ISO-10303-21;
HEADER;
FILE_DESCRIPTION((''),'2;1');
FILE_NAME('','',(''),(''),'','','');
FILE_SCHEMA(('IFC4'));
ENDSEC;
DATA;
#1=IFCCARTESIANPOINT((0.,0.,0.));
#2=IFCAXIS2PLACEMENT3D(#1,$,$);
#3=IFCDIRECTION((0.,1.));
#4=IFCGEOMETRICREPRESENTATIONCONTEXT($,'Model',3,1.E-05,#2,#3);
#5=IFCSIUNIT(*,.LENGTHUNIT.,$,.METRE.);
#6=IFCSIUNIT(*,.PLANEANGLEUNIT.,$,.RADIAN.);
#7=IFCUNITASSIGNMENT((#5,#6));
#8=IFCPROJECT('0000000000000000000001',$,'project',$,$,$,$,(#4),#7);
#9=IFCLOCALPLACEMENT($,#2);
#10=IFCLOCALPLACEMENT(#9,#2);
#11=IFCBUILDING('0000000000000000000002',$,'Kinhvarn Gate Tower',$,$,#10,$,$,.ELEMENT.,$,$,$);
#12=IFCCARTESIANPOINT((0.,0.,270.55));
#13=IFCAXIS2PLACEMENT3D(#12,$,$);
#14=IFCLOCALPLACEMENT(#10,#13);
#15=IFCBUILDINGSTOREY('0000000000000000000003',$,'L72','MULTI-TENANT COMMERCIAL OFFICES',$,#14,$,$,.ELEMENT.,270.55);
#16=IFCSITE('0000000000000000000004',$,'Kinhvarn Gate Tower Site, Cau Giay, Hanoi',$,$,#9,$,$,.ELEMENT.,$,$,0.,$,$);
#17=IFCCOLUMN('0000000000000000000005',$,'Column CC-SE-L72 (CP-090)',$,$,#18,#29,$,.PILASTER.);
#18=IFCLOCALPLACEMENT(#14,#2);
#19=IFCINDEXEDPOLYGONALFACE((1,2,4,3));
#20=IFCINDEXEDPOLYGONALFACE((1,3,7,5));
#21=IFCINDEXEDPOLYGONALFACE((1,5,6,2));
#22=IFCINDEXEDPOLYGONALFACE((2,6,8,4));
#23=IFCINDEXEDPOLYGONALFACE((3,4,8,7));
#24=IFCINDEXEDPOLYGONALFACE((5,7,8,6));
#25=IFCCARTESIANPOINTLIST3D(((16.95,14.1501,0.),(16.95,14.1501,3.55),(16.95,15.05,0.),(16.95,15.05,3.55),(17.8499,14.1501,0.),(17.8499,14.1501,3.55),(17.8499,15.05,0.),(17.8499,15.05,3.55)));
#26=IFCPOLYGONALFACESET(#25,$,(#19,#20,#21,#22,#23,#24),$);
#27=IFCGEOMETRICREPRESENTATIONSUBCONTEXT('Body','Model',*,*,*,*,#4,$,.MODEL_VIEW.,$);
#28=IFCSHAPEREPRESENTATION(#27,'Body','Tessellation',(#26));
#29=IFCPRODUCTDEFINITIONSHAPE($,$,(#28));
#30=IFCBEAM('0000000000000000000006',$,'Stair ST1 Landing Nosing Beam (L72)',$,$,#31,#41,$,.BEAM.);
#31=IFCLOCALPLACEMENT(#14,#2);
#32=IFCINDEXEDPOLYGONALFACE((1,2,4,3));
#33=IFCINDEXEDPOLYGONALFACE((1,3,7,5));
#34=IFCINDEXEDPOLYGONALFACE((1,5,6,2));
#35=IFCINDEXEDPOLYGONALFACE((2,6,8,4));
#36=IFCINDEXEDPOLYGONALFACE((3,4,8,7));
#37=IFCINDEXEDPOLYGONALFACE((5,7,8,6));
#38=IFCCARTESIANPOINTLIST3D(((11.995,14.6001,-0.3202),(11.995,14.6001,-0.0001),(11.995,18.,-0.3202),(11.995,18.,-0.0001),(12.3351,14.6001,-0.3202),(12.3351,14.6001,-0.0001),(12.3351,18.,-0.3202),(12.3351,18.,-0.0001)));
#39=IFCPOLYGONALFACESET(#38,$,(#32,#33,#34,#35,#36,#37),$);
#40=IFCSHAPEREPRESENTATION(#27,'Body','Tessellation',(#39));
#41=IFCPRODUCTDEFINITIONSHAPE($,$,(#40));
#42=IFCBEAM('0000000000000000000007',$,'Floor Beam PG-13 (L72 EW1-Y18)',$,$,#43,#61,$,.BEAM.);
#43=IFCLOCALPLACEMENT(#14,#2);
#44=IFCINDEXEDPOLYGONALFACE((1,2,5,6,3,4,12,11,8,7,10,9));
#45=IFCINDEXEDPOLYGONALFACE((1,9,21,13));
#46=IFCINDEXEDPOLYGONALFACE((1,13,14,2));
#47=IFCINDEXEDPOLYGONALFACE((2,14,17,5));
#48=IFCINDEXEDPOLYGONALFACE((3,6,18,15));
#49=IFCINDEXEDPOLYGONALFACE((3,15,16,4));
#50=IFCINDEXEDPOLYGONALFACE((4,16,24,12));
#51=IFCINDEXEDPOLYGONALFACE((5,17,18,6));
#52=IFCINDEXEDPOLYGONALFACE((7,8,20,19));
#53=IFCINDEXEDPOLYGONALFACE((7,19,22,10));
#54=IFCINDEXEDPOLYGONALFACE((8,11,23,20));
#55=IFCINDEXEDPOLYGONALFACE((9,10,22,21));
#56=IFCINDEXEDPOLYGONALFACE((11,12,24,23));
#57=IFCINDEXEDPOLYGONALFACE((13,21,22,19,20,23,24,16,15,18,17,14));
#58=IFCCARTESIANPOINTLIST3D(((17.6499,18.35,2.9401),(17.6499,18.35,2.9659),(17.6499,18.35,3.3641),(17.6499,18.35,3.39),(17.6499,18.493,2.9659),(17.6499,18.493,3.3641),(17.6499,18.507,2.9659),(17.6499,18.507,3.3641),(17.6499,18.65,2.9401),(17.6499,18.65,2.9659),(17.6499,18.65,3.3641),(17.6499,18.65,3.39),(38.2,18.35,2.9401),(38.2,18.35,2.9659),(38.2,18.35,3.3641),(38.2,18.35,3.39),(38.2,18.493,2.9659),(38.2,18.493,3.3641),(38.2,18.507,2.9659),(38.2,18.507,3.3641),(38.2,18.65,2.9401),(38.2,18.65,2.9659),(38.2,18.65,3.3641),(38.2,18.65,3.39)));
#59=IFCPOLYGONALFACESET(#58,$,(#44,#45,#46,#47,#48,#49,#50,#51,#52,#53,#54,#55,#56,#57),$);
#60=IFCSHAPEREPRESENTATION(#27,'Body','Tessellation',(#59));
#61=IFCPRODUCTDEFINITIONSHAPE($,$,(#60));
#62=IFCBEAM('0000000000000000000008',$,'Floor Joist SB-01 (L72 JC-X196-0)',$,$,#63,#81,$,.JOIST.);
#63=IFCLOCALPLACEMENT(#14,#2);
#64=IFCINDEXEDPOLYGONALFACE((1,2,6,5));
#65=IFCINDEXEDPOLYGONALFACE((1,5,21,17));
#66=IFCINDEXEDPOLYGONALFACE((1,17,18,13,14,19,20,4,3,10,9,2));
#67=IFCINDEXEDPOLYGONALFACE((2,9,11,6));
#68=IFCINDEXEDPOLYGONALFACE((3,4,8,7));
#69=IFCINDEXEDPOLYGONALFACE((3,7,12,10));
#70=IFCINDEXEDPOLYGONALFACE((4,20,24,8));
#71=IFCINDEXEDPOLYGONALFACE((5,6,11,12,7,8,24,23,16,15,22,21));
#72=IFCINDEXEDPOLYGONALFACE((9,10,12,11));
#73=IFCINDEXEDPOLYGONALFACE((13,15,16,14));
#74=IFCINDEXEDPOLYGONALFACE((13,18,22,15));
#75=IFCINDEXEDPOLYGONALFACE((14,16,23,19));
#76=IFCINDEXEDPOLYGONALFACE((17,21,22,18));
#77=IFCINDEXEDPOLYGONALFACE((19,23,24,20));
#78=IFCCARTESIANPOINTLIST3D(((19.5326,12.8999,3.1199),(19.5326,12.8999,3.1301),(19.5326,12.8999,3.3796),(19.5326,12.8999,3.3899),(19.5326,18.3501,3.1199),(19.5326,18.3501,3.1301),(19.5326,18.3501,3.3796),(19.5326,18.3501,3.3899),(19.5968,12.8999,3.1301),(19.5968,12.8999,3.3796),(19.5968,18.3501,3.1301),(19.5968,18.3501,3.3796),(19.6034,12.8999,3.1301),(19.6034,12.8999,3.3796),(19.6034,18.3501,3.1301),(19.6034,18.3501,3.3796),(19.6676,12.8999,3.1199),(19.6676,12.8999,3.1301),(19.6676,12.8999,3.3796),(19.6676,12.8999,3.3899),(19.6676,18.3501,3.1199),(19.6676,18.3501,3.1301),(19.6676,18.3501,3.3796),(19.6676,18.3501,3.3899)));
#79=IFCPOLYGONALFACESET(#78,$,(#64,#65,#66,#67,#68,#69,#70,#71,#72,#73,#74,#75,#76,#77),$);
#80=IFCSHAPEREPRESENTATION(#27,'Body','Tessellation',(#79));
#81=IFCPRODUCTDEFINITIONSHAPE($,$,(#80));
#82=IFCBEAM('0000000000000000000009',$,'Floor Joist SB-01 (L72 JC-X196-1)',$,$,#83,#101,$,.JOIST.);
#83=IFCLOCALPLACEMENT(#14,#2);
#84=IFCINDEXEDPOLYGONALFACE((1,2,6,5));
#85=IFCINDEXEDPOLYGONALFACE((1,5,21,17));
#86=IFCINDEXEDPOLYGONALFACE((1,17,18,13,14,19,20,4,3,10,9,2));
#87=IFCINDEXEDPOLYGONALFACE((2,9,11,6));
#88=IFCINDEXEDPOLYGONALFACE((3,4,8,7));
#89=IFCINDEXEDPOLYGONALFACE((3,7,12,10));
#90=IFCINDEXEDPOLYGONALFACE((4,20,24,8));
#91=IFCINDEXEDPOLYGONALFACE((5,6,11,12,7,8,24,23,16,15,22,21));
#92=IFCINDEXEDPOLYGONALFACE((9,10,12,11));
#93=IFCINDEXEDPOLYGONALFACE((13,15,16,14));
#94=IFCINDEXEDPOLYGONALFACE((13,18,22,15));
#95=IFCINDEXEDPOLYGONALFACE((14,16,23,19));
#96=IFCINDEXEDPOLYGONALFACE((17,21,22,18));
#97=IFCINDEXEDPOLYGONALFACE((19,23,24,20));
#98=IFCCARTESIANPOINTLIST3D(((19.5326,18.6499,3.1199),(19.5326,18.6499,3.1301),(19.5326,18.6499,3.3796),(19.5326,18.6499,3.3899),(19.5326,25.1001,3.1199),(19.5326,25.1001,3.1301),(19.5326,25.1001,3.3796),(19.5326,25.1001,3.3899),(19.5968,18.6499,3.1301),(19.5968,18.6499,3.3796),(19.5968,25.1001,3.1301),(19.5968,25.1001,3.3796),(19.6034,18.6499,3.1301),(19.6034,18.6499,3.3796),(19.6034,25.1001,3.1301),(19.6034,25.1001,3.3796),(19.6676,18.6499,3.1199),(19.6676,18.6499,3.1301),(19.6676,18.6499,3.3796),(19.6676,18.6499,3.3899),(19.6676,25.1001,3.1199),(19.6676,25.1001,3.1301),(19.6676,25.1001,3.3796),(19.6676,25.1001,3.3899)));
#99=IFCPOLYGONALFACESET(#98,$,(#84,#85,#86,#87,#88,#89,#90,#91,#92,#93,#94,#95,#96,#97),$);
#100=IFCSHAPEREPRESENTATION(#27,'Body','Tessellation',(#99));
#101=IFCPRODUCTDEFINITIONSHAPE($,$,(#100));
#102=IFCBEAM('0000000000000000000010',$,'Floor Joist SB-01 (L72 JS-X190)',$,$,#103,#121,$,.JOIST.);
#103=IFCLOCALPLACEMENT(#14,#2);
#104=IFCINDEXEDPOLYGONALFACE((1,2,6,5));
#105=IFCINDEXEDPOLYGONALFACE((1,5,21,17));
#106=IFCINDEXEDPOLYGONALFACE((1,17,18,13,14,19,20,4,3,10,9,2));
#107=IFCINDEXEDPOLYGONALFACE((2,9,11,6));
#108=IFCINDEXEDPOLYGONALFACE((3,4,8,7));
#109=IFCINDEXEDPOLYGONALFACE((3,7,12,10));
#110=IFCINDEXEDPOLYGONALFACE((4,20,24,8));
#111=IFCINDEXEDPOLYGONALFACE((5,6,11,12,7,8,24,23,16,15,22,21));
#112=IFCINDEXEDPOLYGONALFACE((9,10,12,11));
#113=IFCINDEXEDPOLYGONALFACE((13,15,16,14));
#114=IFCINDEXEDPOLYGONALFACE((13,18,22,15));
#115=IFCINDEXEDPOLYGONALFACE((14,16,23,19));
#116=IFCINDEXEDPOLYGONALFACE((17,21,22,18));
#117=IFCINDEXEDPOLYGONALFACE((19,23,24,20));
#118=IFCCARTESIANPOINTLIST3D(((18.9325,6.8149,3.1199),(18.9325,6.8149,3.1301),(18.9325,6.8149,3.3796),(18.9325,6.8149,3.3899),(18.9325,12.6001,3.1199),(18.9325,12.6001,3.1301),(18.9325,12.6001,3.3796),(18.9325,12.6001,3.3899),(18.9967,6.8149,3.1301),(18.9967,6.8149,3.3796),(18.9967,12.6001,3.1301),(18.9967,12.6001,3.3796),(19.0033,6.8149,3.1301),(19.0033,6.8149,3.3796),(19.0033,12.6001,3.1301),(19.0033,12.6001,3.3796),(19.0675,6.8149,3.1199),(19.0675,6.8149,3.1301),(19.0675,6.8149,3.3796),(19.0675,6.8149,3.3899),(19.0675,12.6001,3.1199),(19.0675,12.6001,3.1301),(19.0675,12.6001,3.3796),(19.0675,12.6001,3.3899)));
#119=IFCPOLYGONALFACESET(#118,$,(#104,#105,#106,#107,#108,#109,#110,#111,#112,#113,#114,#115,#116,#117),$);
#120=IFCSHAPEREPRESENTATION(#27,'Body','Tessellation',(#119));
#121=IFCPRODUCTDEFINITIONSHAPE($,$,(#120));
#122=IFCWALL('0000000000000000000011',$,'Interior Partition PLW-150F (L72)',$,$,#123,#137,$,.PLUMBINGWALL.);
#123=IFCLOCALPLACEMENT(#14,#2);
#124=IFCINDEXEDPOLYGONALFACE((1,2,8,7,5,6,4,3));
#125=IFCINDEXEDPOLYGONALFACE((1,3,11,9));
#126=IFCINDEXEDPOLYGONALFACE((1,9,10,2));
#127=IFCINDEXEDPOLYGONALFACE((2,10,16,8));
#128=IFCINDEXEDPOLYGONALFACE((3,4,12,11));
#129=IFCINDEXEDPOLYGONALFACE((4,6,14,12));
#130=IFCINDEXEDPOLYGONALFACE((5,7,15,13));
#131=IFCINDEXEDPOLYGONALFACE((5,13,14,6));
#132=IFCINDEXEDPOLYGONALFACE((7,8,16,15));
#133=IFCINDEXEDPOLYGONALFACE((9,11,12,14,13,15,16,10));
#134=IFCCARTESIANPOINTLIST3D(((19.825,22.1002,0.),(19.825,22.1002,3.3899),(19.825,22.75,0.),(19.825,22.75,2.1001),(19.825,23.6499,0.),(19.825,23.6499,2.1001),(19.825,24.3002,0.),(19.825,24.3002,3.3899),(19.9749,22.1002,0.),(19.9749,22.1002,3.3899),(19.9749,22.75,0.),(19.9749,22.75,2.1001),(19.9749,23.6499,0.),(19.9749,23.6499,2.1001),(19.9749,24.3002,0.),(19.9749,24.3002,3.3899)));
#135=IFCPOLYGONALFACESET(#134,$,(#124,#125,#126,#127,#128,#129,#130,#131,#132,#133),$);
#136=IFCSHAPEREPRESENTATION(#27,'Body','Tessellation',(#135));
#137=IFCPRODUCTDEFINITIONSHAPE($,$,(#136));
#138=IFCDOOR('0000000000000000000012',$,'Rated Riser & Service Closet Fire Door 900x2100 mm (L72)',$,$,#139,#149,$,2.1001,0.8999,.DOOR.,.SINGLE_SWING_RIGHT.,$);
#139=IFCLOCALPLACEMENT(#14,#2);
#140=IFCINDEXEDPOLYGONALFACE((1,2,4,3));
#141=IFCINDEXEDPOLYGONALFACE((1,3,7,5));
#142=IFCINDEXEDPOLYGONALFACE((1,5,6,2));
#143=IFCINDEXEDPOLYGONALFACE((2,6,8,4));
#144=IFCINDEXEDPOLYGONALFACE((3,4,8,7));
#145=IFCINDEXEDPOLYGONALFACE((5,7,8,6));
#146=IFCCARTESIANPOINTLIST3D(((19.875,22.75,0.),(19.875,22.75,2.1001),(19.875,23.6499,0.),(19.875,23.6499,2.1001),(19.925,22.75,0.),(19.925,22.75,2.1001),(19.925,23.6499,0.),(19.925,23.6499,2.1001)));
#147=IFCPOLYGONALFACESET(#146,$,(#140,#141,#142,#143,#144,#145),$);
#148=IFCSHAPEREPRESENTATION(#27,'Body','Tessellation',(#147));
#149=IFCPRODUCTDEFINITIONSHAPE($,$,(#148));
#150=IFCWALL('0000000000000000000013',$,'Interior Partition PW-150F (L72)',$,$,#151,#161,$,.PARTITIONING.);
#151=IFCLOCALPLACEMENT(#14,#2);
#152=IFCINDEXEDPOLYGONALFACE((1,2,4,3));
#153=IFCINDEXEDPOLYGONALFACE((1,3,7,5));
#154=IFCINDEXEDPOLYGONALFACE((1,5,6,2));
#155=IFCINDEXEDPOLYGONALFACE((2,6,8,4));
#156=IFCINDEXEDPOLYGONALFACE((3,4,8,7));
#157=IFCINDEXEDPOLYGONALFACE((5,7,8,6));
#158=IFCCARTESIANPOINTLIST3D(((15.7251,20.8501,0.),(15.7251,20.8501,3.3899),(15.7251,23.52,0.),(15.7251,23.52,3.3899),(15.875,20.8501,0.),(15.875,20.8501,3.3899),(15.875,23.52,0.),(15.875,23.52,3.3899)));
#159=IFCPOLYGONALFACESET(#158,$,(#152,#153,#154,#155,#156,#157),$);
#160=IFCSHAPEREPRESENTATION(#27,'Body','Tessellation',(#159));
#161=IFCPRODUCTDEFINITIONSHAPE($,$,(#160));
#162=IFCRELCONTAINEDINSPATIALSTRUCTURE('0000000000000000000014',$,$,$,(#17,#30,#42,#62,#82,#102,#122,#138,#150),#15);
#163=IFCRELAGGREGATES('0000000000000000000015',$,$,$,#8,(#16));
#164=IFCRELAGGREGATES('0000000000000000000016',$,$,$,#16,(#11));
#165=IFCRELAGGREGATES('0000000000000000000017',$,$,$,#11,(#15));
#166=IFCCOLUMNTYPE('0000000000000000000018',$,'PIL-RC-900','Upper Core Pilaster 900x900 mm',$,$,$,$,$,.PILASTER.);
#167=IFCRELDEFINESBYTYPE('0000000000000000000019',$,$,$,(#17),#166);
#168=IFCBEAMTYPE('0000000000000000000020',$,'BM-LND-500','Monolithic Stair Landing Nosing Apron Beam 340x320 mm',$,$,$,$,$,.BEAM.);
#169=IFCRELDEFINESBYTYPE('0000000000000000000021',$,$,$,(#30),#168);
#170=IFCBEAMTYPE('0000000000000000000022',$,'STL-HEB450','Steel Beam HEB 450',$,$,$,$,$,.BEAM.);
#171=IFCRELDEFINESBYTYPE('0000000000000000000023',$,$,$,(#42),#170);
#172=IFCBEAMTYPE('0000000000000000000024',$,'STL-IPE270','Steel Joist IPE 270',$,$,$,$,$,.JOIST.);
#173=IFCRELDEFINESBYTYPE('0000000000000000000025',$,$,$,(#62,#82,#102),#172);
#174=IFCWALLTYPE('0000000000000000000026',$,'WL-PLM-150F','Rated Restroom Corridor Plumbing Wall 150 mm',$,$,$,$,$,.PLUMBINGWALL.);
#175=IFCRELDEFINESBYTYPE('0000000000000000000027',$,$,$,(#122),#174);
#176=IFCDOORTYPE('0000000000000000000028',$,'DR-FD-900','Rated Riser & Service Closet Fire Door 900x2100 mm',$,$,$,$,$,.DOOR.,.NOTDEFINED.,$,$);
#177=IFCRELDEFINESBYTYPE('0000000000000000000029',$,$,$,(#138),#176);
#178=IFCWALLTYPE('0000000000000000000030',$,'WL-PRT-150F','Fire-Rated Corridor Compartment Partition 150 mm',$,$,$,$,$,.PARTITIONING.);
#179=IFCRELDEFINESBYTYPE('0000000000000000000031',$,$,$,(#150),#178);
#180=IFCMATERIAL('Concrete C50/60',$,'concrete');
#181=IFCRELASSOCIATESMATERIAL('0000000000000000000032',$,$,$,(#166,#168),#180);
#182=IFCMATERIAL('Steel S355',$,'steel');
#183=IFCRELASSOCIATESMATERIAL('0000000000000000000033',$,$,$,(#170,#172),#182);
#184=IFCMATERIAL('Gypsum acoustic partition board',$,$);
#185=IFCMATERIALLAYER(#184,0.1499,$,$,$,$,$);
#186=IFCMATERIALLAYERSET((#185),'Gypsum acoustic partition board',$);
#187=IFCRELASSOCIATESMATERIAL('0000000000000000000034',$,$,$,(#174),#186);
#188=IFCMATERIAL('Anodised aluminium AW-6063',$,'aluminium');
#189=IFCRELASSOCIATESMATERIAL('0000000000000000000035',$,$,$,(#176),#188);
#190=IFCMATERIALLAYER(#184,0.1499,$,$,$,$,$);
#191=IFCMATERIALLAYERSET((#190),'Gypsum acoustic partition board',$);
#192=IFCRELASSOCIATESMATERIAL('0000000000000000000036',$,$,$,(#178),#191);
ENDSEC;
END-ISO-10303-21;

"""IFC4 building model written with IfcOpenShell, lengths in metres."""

from ifc_helpers import new_model, si_unit, direction, frame, frame_2d, origin, origin_2d, place, context, subcontext, project, spatial, rectangle, i_section, extrude, material, layer, layer_set, material_profile, profile_set, type_object, element, fill, save


model = new_model("IFC4")

# Units and contexts
model_context = context("Model", 3, precision=1e-05, world=origin(), true_north=direction((0.0, 1.0)))
body_context = subcontext(model_context, "Body", "Model", "MODEL_VIEW")
ifc_project = project(units=[si_unit("LENGTHUNIT", "METRE"), si_unit("PLANEANGLEUNIT", "RADIAN")], contexts=[model_context])

# Site, building, storey
site_placement = place(None, origin())
site = spatial("IfcSite", under=ifc_project, at=site_placement, Name="Kinhvarn Gate Tower Site, Cau Giay, Hanoi", CompositionType="ELEMENT", RefElevation=0.0)
building_placement = place(site_placement, origin())
building = spatial("IfcBuilding", under=site, at=building_placement, Name="Kinhvarn Gate Tower", CompositionType="ELEMENT")
storey_placement = place(building_placement, frame((0.0, 0.0, 270.55)))
storey = spatial("IfcBuildingStorey", under=building, at=storey_placement, Name="L72", Description="MULTI-TENANT COMMERCIAL OFFICES", CompositionType="ELEMENT", Elevation=270.55)

# Column
ifc_material_1 = material(Name="Concrete C50/60", Category="concrete")
ifc_material_profile_1 = material_profile(ifc_material_1, rectangle(XDim=0.8999, YDim=0.8999, at=origin_2d()), Name="RC 900x900")
ifc_profile_set_1 = profile_set([ifc_material_profile_1], Name="Concrete C50/60")
column_type = type_object("IfcColumnType", Name="PIL-RC-900", Description="Upper Core Pilaster 900x900 mm", PredefinedType="PILASTER", material=ifc_profile_set_1)
column_placement = place(storey_placement, frame((17.3999, 14.6001, 0.0), z_axis=(0.0, 0.0, 1.0), x_axis=(1.0, 0.0, 0.0)))
element("IfcColumn", 1, at=column_placement, inside=storey, type_object=column_type, Name="Column CC-SE-L72 (CP-090)", PredefinedType="PILASTER", context=body_context, shape_type="SweptSolid", body=[
    extrude(rectangle(XDim=0.8999, YDim=0.8999, at=origin_2d()), origin(), (0.0, 0.0, 1.0), 3.55),
])

# Beams
ifc_material_profile_2 = material_profile(ifc_material_1, rectangle(XDim=0.3401, YDim=0.3201, at=origin_2d()), Name="RC 340x320")
ifc_profile_set_2 = profile_set([ifc_material_profile_2], Name="Concrete C50/60")
beam_type_1 = type_object("IfcBeamType", Name="BM-LND-500", Description="Monolithic Stair Landing Nosing Apron Beam 340x320 mm", PredefinedType="BEAM", material=ifc_profile_set_2)
beam_1_placement = place(storey_placement, frame((12.165, 14.6001, -0.1602), z_axis=(0.0, 1.0, 0.0), x_axis=(-1.0, 0.0, 0.0)))
element("IfcBeam", 2, at=beam_1_placement, inside=storey, type_object=beam_type_1, Name="Stair ST1 Landing Nosing Beam (L72)", PredefinedType="BEAM", context=body_context, shape_type="SweptSolid", body=[
    extrude(rectangle(XDim=0.3401, YDim=0.3201, at=origin_2d()), origin(), (0.0, 0.0, 1.0), 3.3999),
])
ifc_material_2 = material(Name="Steel S355", Category="steel")
ifc_material_profile_3 = material_profile(ifc_material_2, i_section(OverallWidth=0.3, OverallDepth=0.45, WebThickness=0.0139, FlangeThickness=0.0259, at=origin_2d()), Name="HEB 450")
ifc_profile_set_3 = profile_set([ifc_material_profile_3], Name="Steel S355")
beam_type_2 = type_object("IfcBeamType", Name="STL-HEB450", Description="Steel Beam HEB 450", PredefinedType="BEAM", material=ifc_profile_set_3)
beam_2_placement = place(storey_placement, frame((17.6499, 18.5, 3.165), z_axis=(1.0, 0.0, 0.0), x_axis=(0.0, 1.0, 0.0)))
element("IfcBeam", 3, at=beam_2_placement, inside=storey, type_object=beam_type_2, Name="Floor Beam PG-13 (L72 EW1-Y18)", PredefinedType="BEAM", context=body_context, shape_type="SweptSolid", body=[
    extrude(i_section(OverallWidth=0.3, OverallDepth=0.45, WebThickness=0.0139, FlangeThickness=0.0259, at=origin_2d()), origin(), (0.0, 0.0, 1.0), 20.55),
])
ifc_material_profile_4 = material_profile(ifc_material_2, i_section(OverallWidth=0.135, OverallDepth=0.27, WebThickness=0.0066, FlangeThickness=0.0103, at=origin_2d()), Name="IPE 270")
ifc_profile_set_4 = profile_set([ifc_material_profile_4], Name="Steel S355")
beam_type_3 = type_object("IfcBeamType", Name="STL-IPE270", Description="Steel Joist IPE 270", PredefinedType="JOIST", material=ifc_profile_set_4)
beam_3_placement = place(storey_placement, frame((19.6001, 12.8999, 3.2549), z_axis=(0.0, 1.0, 0.0), x_axis=(-1.0, 0.0, 0.0)))
element("IfcBeam", 4, at=beam_3_placement, inside=storey, type_object=beam_type_3, Name="Floor Joist SB-01 (L72 JC-X196-0)", PredefinedType="JOIST", context=body_context, shape_type="SweptSolid", body=[
    extrude(i_section(OverallWidth=0.135, OverallDepth=0.27, WebThickness=0.0066, FlangeThickness=0.0103, at=origin_2d()), origin(), (0.0, 0.0, 1.0), 5.4502),
])
beam_4_placement = place(storey_placement, frame((19.6001, 18.6499, 3.2549), z_axis=(0.0, 1.0, 0.0), x_axis=(-1.0, 0.0, 0.0)))
element("IfcBeam", 5, at=beam_4_placement, inside=storey, type_object=beam_type_3, Name="Floor Joist SB-01 (L72 JC-X196-1)", PredefinedType="JOIST", context=body_context, shape_type="SweptSolid", body=[
    extrude(i_section(OverallWidth=0.135, OverallDepth=0.27, WebThickness=0.0066, FlangeThickness=0.0103, at=origin_2d()), origin(), (0.0, 0.0, 1.0), 6.4502),
])
beam_5_placement = place(storey_placement, frame((19.0, 6.8149, 3.2549), z_axis=(0.0, 1.0, 0.0), x_axis=(-1.0, 0.0, 0.0)))
element("IfcBeam", 6, at=beam_5_placement, inside=storey, type_object=beam_type_3, Name="Floor Joist SB-01 (L72 JS-X190)", PredefinedType="JOIST", context=body_context, shape_type="SweptSolid", body=[
    extrude(i_section(OverallWidth=0.135, OverallDepth=0.27, WebThickness=0.0066, FlangeThickness=0.0103, at=origin_2d()), origin(), (0.0, 0.0, 1.0), 5.7852),
])

# Wall, opening, door
ifc_material_3 = material(Name="Anodised aluminium AW-6063", Category="aluminium")
ifc_material_4 = material(Name="Gypsum acoustic partition board")
ifc_layer_1 = layer(ifc_material_4, 0.1499)
ifc_layer_set_1 = layer_set([ifc_layer_1], Name="Gypsum acoustic partition board")
wall_type_1 = type_object("IfcWallType", Name="WL-PLM-150F", Description="Rated Restroom Corridor Plumbing Wall 150 mm", PredefinedType="PLUMBINGWALL", material=ifc_layer_set_1)
wall_1_placement = place(storey_placement, frame((19.8999, 22.1001, 0.0), z_axis=(0.0, 0.0, 1.0), x_axis=(0.0, 1.0, 0.0)))
wall_1 = element("IfcWall", 7, at=wall_1_placement, inside=storey, type_object=wall_type_1, Name="Interior Partition PLW-150F (L72)", PredefinedType="PLUMBINGWALL", context=body_context, shape_type="SweptSolid", body=[
    extrude(rectangle(XDim=2.2, YDim=0.1499, at=frame_2d((1.1001, 0.0))), origin(), (0.0, 0.0, 1.0), 3.3899),
])
opening_1_placement = place(wall_1_placement, frame((0.6499, 0.0, 0.0)))
opening_1 = element("IfcOpeningElement", 8, at=opening_1_placement, cuts=wall_1, PredefinedType="OPENING", context=body_context, shape_type="SweptSolid", body=[
    extrude(rectangle(XDim=0.8999, YDim=2.1001, at=frame_2d((0.45, 1.05))), frame((0.0, 0.085, 0.0), z_axis=(0.0, -1.0, 0.0), x_axis=(1.0, 0.0, 0.0)), (0.0, 0.0, 1.0), 0.1699),
])
door_type_1 = type_object("IfcDoorType", Name="DR-FD-900", Description="Rated Riser & Service Closet Fire Door 900x2100 mm", OperationType="NOTDEFINED", PredefinedType="DOOR", material=ifc_material_3)
door_1_placement = place(opening_1_placement, origin())
door_1 = element("IfcDoor", 9, at=door_1_placement, inside=storey, type_object=door_type_1, Name="Rated Riser & Service Closet Fire Door 900x2100 mm (L72)", OperationType="SINGLE_SWING_RIGHT", OverallHeight=2.1001, OverallWidth=0.8999, PredefinedType="DOOR", context=body_context, shape_type="SweptSolid", body=[
    extrude(rectangle(XDim=0.8999, YDim=2.1001, at=frame_2d((0.45, 1.05))), frame((0.0, 0.0249, 0.0), z_axis=(0.0, -1.0, 0.0), x_axis=(1.0, 0.0, 0.0)), (0.0, 0.0, 1.0), 0.05),
])
fill(opening_1, door_1)

# Wall
ifc_layer_2 = layer(ifc_material_4, 0.1499)
ifc_layer_set_2 = layer_set([ifc_layer_2], Name="Gypsum acoustic partition board")
wall_type_2 = type_object("IfcWallType", Name="WL-PRT-150F", Description="Fire-Rated Corridor Compartment Partition 150 mm", PredefinedType="PARTITIONING", material=ifc_layer_set_2)
wall_2_placement = place(storey_placement, frame((15.8, 20.8501, 0.0), z_axis=(0.0, 0.0, 1.0), x_axis=(0.0, 1.0, 0.0)))
element("IfcWall", 10, at=wall_2_placement, inside=storey, type_object=wall_type_2, Name="Interior Partition PW-150F (L72)", PredefinedType="PARTITIONING", context=body_context, shape_type="SweptSolid", body=[
    extrude(rectangle(XDim=2.6699, YDim=0.1499, at=frame_2d((1.335, 0.0))), origin(), (0.0, 0.0, 1.0), 3.3899),
])

save(model, "model.ifc")
